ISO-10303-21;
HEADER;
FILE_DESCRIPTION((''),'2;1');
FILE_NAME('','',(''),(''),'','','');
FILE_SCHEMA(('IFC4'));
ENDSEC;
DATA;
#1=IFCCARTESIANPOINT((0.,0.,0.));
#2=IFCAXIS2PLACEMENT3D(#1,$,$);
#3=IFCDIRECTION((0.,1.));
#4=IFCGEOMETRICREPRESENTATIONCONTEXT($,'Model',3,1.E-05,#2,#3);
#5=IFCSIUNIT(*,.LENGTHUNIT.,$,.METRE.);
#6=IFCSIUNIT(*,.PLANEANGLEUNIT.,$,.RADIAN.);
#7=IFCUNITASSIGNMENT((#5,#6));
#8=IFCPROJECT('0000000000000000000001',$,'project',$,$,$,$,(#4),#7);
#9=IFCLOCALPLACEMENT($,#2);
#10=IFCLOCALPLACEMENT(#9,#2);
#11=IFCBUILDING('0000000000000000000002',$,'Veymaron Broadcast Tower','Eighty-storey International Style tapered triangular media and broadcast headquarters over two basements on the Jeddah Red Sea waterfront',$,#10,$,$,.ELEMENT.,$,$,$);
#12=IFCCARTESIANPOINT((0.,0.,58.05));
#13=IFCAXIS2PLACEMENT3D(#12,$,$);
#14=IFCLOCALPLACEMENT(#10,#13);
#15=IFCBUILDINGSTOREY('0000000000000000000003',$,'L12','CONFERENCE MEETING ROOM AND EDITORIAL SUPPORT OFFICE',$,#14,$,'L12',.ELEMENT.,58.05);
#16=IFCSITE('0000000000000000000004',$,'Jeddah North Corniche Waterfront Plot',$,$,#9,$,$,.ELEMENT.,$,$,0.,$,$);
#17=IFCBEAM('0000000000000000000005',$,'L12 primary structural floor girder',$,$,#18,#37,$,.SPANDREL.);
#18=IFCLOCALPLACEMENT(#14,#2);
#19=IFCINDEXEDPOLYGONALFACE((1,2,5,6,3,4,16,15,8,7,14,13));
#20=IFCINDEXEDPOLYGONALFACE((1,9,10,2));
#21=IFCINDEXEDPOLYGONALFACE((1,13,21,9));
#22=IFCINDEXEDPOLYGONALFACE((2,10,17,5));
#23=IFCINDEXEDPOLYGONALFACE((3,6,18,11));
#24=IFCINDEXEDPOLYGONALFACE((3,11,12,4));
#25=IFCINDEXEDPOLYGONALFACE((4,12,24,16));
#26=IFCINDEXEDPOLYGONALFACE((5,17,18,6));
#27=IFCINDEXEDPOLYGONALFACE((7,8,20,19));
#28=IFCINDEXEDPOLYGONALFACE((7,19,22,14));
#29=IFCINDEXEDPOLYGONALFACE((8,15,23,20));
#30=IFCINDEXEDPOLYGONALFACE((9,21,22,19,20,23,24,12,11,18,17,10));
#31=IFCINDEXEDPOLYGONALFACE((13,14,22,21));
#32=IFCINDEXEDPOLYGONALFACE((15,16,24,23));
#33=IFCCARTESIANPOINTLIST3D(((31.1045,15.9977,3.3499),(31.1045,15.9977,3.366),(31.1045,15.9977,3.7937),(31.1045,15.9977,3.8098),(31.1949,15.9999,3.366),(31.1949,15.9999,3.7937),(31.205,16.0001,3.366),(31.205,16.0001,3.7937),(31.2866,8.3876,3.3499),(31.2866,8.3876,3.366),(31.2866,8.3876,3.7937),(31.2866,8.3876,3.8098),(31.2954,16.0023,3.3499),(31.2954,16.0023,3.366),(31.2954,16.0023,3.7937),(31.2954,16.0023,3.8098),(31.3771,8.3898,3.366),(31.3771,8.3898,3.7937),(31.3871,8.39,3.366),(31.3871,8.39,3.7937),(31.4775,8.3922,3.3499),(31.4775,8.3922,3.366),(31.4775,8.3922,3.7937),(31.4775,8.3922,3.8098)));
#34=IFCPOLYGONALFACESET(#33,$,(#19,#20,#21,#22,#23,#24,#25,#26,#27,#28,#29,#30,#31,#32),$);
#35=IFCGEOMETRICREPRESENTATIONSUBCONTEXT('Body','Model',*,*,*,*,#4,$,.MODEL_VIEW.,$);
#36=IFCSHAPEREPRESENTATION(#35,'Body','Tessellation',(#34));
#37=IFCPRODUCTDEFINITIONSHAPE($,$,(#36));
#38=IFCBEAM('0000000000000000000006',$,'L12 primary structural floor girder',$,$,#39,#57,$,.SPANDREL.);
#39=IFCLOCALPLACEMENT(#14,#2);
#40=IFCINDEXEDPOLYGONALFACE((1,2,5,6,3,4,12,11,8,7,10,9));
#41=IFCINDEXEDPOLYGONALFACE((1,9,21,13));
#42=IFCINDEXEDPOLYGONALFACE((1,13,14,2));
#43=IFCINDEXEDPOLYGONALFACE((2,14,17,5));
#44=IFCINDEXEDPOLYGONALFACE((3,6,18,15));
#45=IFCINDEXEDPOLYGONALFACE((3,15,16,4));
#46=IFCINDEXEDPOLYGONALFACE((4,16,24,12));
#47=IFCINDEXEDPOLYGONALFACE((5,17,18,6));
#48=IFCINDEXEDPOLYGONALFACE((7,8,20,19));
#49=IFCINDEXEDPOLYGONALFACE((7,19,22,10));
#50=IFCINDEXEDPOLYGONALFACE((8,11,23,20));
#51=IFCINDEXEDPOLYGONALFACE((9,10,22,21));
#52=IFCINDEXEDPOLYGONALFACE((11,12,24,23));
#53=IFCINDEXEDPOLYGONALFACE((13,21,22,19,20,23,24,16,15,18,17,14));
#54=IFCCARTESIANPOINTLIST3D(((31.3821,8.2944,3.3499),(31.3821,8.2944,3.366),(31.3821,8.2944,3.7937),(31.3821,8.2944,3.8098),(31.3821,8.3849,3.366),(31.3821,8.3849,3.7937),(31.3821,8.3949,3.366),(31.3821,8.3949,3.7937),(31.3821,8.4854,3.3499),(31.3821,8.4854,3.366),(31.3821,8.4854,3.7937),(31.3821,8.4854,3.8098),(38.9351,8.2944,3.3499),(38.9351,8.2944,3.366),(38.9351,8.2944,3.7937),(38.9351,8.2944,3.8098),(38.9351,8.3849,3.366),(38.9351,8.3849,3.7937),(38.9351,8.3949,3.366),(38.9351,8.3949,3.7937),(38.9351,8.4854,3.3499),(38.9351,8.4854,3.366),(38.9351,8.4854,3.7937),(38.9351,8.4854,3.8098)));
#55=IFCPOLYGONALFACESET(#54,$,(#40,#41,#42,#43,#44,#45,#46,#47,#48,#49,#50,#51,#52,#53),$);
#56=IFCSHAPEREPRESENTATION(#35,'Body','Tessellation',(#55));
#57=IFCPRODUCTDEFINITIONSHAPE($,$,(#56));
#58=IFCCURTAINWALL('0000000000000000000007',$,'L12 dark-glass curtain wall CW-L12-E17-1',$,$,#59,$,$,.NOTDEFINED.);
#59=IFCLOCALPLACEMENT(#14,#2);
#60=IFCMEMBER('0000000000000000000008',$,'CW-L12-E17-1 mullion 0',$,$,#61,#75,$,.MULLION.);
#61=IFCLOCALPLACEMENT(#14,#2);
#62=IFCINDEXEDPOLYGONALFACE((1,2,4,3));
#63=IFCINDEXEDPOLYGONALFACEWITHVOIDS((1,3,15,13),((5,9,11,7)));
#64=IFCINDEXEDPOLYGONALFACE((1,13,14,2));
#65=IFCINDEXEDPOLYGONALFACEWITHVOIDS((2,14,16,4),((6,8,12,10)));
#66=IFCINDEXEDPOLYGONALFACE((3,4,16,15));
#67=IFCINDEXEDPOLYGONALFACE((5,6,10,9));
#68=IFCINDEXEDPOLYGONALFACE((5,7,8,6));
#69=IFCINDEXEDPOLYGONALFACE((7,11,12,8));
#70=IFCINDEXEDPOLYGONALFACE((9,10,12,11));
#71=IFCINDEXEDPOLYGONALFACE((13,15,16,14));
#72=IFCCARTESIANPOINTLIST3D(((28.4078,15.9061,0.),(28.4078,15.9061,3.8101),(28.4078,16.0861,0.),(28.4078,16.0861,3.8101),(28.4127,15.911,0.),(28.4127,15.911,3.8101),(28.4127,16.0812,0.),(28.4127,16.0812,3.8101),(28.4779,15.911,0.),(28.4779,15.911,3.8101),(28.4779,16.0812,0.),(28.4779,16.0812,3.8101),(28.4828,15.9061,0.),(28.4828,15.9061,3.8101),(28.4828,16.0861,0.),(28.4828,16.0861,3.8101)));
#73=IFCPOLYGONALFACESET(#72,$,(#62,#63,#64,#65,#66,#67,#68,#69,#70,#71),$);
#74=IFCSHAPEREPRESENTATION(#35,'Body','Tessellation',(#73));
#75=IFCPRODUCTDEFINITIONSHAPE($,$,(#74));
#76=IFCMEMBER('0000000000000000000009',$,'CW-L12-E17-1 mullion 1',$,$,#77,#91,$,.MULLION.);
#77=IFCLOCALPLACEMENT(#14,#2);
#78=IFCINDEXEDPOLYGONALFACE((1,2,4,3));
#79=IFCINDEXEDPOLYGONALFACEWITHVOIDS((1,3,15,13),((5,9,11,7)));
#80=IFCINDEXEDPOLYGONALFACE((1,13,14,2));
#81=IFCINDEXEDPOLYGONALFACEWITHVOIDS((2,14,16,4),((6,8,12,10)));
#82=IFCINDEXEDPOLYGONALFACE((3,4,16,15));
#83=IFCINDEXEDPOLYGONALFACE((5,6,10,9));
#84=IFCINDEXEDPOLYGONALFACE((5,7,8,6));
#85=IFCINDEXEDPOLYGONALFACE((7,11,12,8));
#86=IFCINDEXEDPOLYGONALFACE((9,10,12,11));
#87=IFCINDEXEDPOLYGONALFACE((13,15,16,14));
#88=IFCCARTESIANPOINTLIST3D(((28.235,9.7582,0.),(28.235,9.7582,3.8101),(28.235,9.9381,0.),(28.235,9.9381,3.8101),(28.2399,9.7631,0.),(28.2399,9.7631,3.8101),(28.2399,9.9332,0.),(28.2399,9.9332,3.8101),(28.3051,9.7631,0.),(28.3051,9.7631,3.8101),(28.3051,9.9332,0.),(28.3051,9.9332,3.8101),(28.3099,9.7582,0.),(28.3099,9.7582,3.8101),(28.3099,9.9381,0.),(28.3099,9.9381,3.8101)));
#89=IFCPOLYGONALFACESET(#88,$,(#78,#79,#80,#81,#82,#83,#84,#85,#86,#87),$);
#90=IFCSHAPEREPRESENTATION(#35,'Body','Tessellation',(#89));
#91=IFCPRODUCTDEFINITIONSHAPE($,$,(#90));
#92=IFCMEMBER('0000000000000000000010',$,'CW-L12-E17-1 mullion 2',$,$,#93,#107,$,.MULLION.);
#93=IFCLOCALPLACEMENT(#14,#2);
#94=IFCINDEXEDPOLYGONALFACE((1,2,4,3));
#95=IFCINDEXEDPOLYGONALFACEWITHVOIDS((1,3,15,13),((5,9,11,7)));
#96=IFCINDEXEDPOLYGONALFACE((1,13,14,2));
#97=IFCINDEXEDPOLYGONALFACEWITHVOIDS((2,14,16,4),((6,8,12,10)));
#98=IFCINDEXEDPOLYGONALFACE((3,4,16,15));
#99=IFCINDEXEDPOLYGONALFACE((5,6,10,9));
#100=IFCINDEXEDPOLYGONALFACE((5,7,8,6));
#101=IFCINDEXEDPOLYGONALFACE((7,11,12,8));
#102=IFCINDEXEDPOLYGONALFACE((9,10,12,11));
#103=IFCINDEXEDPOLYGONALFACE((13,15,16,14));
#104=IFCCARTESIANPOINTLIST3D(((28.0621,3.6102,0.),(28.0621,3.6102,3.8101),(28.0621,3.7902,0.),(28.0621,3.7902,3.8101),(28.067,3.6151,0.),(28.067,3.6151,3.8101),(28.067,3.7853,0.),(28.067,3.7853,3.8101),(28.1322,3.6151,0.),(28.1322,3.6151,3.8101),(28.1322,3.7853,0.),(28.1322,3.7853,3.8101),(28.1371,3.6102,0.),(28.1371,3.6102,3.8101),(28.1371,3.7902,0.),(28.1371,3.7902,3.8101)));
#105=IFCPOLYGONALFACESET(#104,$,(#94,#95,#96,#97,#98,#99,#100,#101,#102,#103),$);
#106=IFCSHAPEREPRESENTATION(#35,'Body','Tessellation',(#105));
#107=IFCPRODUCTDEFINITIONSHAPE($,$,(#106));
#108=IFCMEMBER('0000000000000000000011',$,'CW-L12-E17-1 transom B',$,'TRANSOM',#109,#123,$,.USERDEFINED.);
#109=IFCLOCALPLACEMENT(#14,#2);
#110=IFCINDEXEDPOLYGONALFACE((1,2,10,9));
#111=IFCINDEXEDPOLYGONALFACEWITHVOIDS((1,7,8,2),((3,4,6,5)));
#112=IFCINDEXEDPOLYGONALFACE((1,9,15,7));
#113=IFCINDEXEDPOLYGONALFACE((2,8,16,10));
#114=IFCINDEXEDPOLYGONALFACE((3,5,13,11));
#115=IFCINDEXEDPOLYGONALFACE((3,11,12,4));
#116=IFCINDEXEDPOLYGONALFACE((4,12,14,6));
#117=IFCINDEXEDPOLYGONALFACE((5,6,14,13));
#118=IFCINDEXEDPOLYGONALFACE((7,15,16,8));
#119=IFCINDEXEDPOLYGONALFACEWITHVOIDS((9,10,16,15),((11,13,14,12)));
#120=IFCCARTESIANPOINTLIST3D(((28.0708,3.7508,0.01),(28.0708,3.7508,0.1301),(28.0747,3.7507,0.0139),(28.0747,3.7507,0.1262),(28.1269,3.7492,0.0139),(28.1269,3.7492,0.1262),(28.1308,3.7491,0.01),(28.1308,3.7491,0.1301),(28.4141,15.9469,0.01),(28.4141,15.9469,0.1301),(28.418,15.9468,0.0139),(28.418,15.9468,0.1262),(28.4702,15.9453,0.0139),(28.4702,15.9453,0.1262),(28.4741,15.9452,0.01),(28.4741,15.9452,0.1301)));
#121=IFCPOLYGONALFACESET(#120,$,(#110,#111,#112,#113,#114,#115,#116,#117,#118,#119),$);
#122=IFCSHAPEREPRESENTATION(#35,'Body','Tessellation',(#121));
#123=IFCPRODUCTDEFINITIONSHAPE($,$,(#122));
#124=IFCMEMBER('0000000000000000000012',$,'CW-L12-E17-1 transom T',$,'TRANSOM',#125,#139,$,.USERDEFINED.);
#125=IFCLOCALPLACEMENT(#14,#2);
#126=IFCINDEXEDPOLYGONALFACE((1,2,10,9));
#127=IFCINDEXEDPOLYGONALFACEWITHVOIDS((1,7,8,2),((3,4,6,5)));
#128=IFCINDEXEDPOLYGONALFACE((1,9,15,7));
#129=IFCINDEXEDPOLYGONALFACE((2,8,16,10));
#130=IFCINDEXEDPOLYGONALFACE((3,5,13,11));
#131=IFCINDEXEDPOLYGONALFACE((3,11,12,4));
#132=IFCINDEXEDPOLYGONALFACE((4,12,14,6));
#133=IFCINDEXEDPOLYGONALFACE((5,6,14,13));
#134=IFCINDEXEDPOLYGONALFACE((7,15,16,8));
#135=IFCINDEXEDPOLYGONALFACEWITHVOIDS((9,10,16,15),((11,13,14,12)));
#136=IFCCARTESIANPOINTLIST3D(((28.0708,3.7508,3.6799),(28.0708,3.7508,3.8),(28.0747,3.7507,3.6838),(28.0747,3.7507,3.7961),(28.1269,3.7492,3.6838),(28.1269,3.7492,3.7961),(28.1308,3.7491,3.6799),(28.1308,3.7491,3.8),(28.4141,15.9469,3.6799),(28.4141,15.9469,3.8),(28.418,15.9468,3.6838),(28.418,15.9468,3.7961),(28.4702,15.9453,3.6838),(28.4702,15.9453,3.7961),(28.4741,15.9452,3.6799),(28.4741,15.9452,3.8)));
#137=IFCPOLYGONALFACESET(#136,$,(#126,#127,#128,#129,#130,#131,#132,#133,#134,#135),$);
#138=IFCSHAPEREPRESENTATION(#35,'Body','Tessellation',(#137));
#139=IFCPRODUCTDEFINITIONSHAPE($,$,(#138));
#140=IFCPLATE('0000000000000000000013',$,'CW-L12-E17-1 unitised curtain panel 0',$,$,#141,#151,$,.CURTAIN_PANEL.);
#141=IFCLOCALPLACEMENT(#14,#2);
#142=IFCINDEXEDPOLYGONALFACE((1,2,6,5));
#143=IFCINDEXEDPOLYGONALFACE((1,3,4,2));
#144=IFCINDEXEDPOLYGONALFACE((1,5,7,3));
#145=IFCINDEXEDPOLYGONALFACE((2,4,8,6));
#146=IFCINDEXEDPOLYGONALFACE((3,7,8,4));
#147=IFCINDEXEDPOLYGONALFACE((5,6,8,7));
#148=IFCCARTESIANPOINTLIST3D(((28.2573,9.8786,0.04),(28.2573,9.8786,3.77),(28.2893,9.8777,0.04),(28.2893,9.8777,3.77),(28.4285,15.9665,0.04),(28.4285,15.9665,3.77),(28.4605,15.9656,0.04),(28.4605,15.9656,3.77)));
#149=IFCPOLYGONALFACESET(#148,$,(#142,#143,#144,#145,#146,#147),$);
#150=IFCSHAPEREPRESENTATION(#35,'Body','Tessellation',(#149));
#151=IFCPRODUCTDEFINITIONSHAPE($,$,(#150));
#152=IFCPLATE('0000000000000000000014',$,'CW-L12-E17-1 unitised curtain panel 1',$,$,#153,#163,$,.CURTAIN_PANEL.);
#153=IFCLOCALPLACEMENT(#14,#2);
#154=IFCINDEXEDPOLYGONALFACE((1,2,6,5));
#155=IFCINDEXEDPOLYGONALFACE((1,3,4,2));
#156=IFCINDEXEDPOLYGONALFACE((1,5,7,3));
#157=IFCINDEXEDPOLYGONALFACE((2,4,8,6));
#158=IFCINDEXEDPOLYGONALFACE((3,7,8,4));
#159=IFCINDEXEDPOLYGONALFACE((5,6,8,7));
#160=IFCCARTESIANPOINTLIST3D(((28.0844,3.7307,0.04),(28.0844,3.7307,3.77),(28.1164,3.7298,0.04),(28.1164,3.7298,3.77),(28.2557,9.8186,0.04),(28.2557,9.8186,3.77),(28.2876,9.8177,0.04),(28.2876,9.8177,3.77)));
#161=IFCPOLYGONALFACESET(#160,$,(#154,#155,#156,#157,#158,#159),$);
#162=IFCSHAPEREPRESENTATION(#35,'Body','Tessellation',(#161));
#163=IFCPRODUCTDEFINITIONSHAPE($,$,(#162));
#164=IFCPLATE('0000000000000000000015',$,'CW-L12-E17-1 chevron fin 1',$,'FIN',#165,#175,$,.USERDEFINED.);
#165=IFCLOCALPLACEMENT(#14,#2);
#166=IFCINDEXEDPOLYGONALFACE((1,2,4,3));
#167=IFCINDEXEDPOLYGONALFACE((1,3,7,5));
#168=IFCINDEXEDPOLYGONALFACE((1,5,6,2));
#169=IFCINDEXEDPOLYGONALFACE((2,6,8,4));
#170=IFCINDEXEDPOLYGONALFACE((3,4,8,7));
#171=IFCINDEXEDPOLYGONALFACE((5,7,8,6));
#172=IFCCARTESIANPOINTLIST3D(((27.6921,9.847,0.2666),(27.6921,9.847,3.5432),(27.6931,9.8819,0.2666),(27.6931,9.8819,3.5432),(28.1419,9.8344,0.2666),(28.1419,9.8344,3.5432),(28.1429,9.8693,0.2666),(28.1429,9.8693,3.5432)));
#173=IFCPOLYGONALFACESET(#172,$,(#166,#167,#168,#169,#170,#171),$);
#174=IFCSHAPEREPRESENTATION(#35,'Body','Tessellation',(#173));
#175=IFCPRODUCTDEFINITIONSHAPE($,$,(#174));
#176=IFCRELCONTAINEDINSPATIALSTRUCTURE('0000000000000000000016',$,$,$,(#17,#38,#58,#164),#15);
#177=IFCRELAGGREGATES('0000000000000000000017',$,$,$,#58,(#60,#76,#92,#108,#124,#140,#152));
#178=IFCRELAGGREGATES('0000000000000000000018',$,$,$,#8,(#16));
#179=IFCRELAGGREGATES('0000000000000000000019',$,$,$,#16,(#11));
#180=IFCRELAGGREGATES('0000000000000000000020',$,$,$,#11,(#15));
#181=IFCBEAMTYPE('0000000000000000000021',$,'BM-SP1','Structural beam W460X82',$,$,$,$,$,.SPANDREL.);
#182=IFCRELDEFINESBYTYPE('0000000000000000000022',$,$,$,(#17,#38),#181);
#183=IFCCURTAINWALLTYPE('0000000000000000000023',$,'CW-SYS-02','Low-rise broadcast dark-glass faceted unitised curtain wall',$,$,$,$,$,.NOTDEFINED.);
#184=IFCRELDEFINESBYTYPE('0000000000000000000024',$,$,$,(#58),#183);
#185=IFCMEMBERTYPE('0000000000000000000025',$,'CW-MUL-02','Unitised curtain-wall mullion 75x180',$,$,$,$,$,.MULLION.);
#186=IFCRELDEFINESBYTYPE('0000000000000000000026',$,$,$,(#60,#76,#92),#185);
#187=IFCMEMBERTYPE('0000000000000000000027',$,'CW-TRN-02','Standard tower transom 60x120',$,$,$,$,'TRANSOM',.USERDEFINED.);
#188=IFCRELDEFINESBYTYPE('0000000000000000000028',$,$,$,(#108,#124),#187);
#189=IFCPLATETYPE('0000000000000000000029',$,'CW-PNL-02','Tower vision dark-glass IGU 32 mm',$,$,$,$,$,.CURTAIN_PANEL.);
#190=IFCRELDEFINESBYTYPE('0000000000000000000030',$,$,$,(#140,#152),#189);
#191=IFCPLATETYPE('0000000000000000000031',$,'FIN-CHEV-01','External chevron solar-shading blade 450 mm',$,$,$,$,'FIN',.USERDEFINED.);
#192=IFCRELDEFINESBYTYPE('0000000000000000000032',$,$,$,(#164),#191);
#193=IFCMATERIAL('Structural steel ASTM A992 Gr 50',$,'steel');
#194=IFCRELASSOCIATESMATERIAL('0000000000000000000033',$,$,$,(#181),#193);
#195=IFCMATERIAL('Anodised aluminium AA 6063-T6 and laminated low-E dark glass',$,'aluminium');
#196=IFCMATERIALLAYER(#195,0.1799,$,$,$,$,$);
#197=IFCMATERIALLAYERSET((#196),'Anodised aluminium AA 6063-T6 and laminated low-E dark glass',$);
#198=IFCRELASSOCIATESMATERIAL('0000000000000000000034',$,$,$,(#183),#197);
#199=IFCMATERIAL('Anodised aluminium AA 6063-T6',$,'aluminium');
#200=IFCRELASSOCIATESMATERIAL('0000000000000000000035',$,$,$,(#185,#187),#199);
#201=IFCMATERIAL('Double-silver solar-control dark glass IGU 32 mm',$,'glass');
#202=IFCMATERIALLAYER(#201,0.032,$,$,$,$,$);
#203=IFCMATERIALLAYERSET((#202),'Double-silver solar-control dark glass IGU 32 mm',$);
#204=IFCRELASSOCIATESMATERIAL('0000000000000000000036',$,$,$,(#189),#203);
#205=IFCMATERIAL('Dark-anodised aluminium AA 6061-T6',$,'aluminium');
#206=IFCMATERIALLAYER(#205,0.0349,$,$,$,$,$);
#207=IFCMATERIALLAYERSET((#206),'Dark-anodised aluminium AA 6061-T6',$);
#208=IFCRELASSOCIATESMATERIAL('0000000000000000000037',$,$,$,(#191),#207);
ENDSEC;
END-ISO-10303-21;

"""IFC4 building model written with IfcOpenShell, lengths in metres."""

from ifc_helpers import new_model, si_unit, direction, frame, origin, origin_2d, place, context, subcontext, project, spatial, rectangle, hollow_rectangle, i_section, extrude, material, layer, layer_set, material_profile, profile_set, type_object, element, aggregate, save


model = new_model("IFC4")

# Units and contexts
model_context = context("Model", 3, precision=1e-05, world=origin(), true_north=direction((0.0, 1.0)))
body_context = subcontext(model_context, "Body", "Model", "MODEL_VIEW")
ifc_project = project(units=[si_unit("LENGTHUNIT", "METRE"), si_unit("PLANEANGLEUNIT", "RADIAN")], contexts=[model_context])

# Site, building, storey
site_placement = place(None, origin())
site = spatial("IfcSite", under=ifc_project, at=site_placement, Name="Jeddah North Corniche Waterfront Plot", CompositionType="ELEMENT", RefElevation=0.0)
building_placement = place(site_placement, origin())
building = spatial("IfcBuilding", under=site, at=building_placement, Name="Veymaron Broadcast Tower", Description="Eighty-storey International Style tapered triangular media and broadcast headquarters over two basements on the Jeddah Red Sea waterfront", CompositionType="ELEMENT")
storey_placement = place(building_placement, frame((0.0, 0.0, 58.05)))
storey = spatial("IfcBuildingStorey", under=building, at=storey_placement, Name="L12", Description="CONFERENCE MEETING ROOM AND EDITORIAL SUPPORT OFFICE", LongName="L12", CompositionType="ELEMENT", Elevation=58.05)

# Beams
ifc_material_1 = material(Name="Structural steel ASTM A992 Gr 50", Category="steel")
ifc_material_profile_1 = material_profile(ifc_material_1, i_section(OverallWidth=0.1909, OverallDepth=0.46, WebThickness=0.01, FlangeThickness=0.0161, at=origin_2d()), Name="W460X82")
ifc_profile_set_1 = profile_set([ifc_material_profile_1], Name="Structural steel ASTM A992 Gr 50")
beam_type_1 = type_object("IfcBeamType", Name="BM-SP1", Description="Structural beam W460X82", PredefinedType="SPANDREL", material=ifc_profile_set_1)
beam_1_placement = place(storey_placement, frame((31.2, 16.0, 3.5798), z_axis=(0.023926, -0.999714, 0.0), x_axis=(0.999714, 0.023926, 0.0)))
element("IfcBeam", 1, at=beam_1_placement, inside=storey, type_object=beam_type_1, Name="L12 primary structural floor girder", PredefinedType="SPANDREL", context=body_context, shape_type="SweptSolid", body=[
    extrude(i_section(OverallWidth=0.1909, OverallDepth=0.46, WebThickness=0.01, FlangeThickness=0.0161, at=origin_2d()), origin(), (0.0, 0.0, 1.0), 7.6123),
])
beam_2_placement = place(storey_placement, frame((31.3821, 8.3899, 3.5798), z_axis=(1.0, 0.0, 0.0), x_axis=(0.0, 1.0, 0.0)))
element("IfcBeam", 2, at=beam_2_placement, inside=storey, type_object=beam_type_1, Name="L12 primary structural floor girder", PredefinedType="SPANDREL", context=body_context, shape_type="SweptSolid", body=[
    extrude(i_section(OverallWidth=0.1909, OverallDepth=0.46, WebThickness=0.01, FlangeThickness=0.0161, at=origin_2d()), origin(), (0.0, 0.0, 1.0), 7.553),
])

# Curtain wall, members, plates
ifc_material_2 = material(Name="Anodised aluminium AA 6063-T6 and laminated low-E dark glass", Category="aluminium")
ifc_layer_1 = layer(ifc_material_2, 0.1799)
ifc_layer_set_1 = layer_set([ifc_layer_1], Name="Anodised aluminium AA 6063-T6 and laminated low-E dark glass")
curtain_wall_type = type_object("IfcCurtainWallType", Name="CW-SYS-02", Description="Low-rise broadcast dark-glass faceted unitised curtain wall", PredefinedType="NOTDEFINED", material=ifc_layer_set_1)
curtain_wall_placement = place(storey_placement, origin())
curtain_wall = element("IfcCurtainWall", 3, at=curtain_wall_placement, inside=storey, type_object=curtain_wall_type, Name="L12 dark-glass curtain wall CW-L12-E17-1", PredefinedType="NOTDEFINED")
ifc_material_3 = material(Name="Anodised aluminium AA 6063-T6", Category="aluminium")
ifc_material_profile_2 = material_profile(ifc_material_3, hollow_rectangle(XDim=0.075, YDim=0.1799, WallThickness=0.0049, at=origin_2d()), Name="AL180X75X5")
ifc_profile_set_2 = profile_set([ifc_material_profile_2], Name="Anodised aluminium AA 6063-T6")
member_type_1 = type_object("IfcMemberType", Name="CW-MUL-02", Description="Unitised curtain-wall mullion 75x180", PredefinedType="MULLION", material=ifc_profile_set_2)
member_1_placement = place(storey_placement, frame((28.4453, 15.9961, 0.0), z_axis=(0.0, 0.0, 1.0), x_axis=(1.0, 0.0, 0.0)))
member_1 = element("IfcMember", 4, at=member_1_placement, type_object=member_type_1, Name="CW-L12-E17-1 mullion 0", PredefinedType="MULLION", context=body_context, shape_type="SweptSolid", body=[
    extrude(hollow_rectangle(XDim=0.075, YDim=0.1799, WallThickness=0.0049, at=origin_2d()), origin(), (0.0, 0.0, 1.0), 3.8101),
])
member_2_placement = place(storey_placement, frame((28.2725, 9.8481, 0.0), z_axis=(0.0, 0.0, 1.0), x_axis=(1.0, 0.0, 0.0)))
member_2 = element("IfcMember", 5, at=member_2_placement, type_object=member_type_1, Name="CW-L12-E17-1 mullion 1", PredefinedType="MULLION", context=body_context, shape_type="SweptSolid", body=[
    extrude(hollow_rectangle(XDim=0.075, YDim=0.1799, WallThickness=0.0049, at=origin_2d()), origin(), (0.0, 0.0, 1.0), 3.8101),
])
member_3_placement = place(storey_placement, frame((28.0996, 3.7002, 0.0), z_axis=(0.0, 0.0, 1.0), x_axis=(1.0, 0.0, 0.0)))
member_3 = element("IfcMember", 6, at=member_3_placement, type_object=member_type_1, Name="CW-L12-E17-1 mullion 2", PredefinedType="MULLION", context=body_context, shape_type="SweptSolid", body=[
    extrude(hollow_rectangle(XDim=0.075, YDim=0.1799, WallThickness=0.0049, at=origin_2d()), origin(), (0.0, 0.0, 1.0), 3.8101),
])
ifc_material_profile_3 = material_profile(ifc_material_3, hollow_rectangle(XDim=0.0601, YDim=0.1201, WallThickness=0.0039, at=origin_2d()), Name="AL120X60X4")
ifc_profile_set_3 = profile_set([ifc_material_profile_3], Name="Anodised aluminium AA 6063-T6")
member_type_2 = type_object("IfcMemberType", Name="CW-TRN-02", Description="Standard tower transom 60x120", ElementType="TRANSOM", PredefinedType="USERDEFINED", material=ifc_profile_set_3)
member_4_placement = place(storey_placement, frame((28.4441, 15.946, 0.0701), z_axis=(-0.028134, -0.999604, 0.0), x_axis=(0.999604, -0.028134, 0.0)))
member_4 = element("IfcMember", 7, at=member_4_placement, type_object=member_type_2, Name="CW-L12-E17-1 transom B", ObjectType="TRANSOM", PredefinedType="USERDEFINED", context=body_context, shape_type="SweptSolid", body=[
    extrude(hollow_rectangle(XDim=0.0601, YDim=0.1201, WallThickness=0.0039, at=origin_2d()), origin(), (0.0, 0.0, 1.0), 12.2009),
])
member_5_placement = place(storey_placement, frame((28.4441, 15.946, 3.74), z_axis=(-0.028134, -0.999604, 0.0), x_axis=(0.999604, -0.028134, 0.0)))
member_5 = element("IfcMember", 8, at=member_5_placement, type_object=member_type_2, Name="CW-L12-E17-1 transom T", ObjectType="TRANSOM", PredefinedType="USERDEFINED", context=body_context, shape_type="SweptSolid", body=[
    extrude(hollow_rectangle(XDim=0.0601, YDim=0.1201, WallThickness=0.0039, at=origin_2d()), origin(), (0.0, 0.0, 1.0), 12.2009),
])
ifc_material_4 = material(Name="Double-silver solar-control dark glass IGU 32 mm", Category="glass")
ifc_layer_2 = layer(ifc_material_4, 0.032)
ifc_layer_set_2 = layer_set([ifc_layer_2], Name="Double-silver solar-control dark glass IGU 32 mm")
plate_type_1 = type_object("IfcPlateType", Name="CW-PNL-02", Description="Tower vision dark-glass IGU 32 mm", PredefinedType="CURTAIN_PANEL", material=ifc_layer_set_2)
plate_1_placement = place(storey_placement, frame((28.3589, 12.9221, 0.04), z_axis=(0.0, 0.0, 1.0), x_axis=(-0.028114, -0.999605, 0.0)))
plate_1 = element("IfcPlate", 9, at=plate_1_placement, type_object=plate_type_1, Name="CW-L12-E17-1 unitised curtain panel 0", PredefinedType="CURTAIN_PANEL", context=body_context, shape_type="SweptSolid", body=[
    extrude(rectangle(XDim=6.0903, YDim=0.032, at=origin_2d()), origin(), (0.0, 0.0, 1.0), 3.73),
])
plate_2_placement = place(storey_placement, frame((28.186, 6.7742, 0.04), z_axis=(0.0, 0.0, 1.0), x_axis=(-0.028114, -0.999605, 0.0)))
plate_2 = element("IfcPlate", 10, at=plate_2_placement, type_object=plate_type_1, Name="CW-L12-E17-1 unitised curtain panel 1", PredefinedType="CURTAIN_PANEL", context=body_context, shape_type="SweptSolid", body=[
    extrude(rectangle(XDim=6.0903, YDim=0.032, at=origin_2d()), origin(), (0.0, 0.0, 1.0), 3.73),
])
aggregate(curtain_wall, [member_1, member_2, member_3, member_4, member_5, plate_1, plate_2])

# Plate
ifc_material_5 = material(Name="Dark-anodised aluminium AA 6061-T6", Category="aluminium")
ifc_layer_3 = layer(ifc_material_5, 0.0349)
ifc_layer_set_3 = layer_set([ifc_layer_3], Name="Dark-anodised aluminium AA 6061-T6")
plate_type_2 = type_object("IfcPlateType", Name="FIN-CHEV-01", Description="External chevron solar-shading blade 450 mm", ElementType="FIN", PredefinedType="USERDEFINED", material=ifc_layer_set_3)
plate_3_placement = place(storey_placement, frame((27.9175, 9.8582, 0.2666), z_axis=(0.0, 0.0, 1.0), x_axis=(-0.999605, 0.028114, 0.0)))
element("IfcPlate", 11, at=plate_3_placement, inside=storey, type_object=plate_type_2, Name="CW-L12-E17-1 chevron fin 1", ObjectType="FIN", PredefinedType="USERDEFINED", context=body_context, shape_type="SweptSolid", body=[
    extrude(rectangle(XDim=0.45, YDim=0.0349, at=origin_2d()), origin(), (0.0, 0.0, 1.0), 3.2766),
])

save(model, "model.ifc")
